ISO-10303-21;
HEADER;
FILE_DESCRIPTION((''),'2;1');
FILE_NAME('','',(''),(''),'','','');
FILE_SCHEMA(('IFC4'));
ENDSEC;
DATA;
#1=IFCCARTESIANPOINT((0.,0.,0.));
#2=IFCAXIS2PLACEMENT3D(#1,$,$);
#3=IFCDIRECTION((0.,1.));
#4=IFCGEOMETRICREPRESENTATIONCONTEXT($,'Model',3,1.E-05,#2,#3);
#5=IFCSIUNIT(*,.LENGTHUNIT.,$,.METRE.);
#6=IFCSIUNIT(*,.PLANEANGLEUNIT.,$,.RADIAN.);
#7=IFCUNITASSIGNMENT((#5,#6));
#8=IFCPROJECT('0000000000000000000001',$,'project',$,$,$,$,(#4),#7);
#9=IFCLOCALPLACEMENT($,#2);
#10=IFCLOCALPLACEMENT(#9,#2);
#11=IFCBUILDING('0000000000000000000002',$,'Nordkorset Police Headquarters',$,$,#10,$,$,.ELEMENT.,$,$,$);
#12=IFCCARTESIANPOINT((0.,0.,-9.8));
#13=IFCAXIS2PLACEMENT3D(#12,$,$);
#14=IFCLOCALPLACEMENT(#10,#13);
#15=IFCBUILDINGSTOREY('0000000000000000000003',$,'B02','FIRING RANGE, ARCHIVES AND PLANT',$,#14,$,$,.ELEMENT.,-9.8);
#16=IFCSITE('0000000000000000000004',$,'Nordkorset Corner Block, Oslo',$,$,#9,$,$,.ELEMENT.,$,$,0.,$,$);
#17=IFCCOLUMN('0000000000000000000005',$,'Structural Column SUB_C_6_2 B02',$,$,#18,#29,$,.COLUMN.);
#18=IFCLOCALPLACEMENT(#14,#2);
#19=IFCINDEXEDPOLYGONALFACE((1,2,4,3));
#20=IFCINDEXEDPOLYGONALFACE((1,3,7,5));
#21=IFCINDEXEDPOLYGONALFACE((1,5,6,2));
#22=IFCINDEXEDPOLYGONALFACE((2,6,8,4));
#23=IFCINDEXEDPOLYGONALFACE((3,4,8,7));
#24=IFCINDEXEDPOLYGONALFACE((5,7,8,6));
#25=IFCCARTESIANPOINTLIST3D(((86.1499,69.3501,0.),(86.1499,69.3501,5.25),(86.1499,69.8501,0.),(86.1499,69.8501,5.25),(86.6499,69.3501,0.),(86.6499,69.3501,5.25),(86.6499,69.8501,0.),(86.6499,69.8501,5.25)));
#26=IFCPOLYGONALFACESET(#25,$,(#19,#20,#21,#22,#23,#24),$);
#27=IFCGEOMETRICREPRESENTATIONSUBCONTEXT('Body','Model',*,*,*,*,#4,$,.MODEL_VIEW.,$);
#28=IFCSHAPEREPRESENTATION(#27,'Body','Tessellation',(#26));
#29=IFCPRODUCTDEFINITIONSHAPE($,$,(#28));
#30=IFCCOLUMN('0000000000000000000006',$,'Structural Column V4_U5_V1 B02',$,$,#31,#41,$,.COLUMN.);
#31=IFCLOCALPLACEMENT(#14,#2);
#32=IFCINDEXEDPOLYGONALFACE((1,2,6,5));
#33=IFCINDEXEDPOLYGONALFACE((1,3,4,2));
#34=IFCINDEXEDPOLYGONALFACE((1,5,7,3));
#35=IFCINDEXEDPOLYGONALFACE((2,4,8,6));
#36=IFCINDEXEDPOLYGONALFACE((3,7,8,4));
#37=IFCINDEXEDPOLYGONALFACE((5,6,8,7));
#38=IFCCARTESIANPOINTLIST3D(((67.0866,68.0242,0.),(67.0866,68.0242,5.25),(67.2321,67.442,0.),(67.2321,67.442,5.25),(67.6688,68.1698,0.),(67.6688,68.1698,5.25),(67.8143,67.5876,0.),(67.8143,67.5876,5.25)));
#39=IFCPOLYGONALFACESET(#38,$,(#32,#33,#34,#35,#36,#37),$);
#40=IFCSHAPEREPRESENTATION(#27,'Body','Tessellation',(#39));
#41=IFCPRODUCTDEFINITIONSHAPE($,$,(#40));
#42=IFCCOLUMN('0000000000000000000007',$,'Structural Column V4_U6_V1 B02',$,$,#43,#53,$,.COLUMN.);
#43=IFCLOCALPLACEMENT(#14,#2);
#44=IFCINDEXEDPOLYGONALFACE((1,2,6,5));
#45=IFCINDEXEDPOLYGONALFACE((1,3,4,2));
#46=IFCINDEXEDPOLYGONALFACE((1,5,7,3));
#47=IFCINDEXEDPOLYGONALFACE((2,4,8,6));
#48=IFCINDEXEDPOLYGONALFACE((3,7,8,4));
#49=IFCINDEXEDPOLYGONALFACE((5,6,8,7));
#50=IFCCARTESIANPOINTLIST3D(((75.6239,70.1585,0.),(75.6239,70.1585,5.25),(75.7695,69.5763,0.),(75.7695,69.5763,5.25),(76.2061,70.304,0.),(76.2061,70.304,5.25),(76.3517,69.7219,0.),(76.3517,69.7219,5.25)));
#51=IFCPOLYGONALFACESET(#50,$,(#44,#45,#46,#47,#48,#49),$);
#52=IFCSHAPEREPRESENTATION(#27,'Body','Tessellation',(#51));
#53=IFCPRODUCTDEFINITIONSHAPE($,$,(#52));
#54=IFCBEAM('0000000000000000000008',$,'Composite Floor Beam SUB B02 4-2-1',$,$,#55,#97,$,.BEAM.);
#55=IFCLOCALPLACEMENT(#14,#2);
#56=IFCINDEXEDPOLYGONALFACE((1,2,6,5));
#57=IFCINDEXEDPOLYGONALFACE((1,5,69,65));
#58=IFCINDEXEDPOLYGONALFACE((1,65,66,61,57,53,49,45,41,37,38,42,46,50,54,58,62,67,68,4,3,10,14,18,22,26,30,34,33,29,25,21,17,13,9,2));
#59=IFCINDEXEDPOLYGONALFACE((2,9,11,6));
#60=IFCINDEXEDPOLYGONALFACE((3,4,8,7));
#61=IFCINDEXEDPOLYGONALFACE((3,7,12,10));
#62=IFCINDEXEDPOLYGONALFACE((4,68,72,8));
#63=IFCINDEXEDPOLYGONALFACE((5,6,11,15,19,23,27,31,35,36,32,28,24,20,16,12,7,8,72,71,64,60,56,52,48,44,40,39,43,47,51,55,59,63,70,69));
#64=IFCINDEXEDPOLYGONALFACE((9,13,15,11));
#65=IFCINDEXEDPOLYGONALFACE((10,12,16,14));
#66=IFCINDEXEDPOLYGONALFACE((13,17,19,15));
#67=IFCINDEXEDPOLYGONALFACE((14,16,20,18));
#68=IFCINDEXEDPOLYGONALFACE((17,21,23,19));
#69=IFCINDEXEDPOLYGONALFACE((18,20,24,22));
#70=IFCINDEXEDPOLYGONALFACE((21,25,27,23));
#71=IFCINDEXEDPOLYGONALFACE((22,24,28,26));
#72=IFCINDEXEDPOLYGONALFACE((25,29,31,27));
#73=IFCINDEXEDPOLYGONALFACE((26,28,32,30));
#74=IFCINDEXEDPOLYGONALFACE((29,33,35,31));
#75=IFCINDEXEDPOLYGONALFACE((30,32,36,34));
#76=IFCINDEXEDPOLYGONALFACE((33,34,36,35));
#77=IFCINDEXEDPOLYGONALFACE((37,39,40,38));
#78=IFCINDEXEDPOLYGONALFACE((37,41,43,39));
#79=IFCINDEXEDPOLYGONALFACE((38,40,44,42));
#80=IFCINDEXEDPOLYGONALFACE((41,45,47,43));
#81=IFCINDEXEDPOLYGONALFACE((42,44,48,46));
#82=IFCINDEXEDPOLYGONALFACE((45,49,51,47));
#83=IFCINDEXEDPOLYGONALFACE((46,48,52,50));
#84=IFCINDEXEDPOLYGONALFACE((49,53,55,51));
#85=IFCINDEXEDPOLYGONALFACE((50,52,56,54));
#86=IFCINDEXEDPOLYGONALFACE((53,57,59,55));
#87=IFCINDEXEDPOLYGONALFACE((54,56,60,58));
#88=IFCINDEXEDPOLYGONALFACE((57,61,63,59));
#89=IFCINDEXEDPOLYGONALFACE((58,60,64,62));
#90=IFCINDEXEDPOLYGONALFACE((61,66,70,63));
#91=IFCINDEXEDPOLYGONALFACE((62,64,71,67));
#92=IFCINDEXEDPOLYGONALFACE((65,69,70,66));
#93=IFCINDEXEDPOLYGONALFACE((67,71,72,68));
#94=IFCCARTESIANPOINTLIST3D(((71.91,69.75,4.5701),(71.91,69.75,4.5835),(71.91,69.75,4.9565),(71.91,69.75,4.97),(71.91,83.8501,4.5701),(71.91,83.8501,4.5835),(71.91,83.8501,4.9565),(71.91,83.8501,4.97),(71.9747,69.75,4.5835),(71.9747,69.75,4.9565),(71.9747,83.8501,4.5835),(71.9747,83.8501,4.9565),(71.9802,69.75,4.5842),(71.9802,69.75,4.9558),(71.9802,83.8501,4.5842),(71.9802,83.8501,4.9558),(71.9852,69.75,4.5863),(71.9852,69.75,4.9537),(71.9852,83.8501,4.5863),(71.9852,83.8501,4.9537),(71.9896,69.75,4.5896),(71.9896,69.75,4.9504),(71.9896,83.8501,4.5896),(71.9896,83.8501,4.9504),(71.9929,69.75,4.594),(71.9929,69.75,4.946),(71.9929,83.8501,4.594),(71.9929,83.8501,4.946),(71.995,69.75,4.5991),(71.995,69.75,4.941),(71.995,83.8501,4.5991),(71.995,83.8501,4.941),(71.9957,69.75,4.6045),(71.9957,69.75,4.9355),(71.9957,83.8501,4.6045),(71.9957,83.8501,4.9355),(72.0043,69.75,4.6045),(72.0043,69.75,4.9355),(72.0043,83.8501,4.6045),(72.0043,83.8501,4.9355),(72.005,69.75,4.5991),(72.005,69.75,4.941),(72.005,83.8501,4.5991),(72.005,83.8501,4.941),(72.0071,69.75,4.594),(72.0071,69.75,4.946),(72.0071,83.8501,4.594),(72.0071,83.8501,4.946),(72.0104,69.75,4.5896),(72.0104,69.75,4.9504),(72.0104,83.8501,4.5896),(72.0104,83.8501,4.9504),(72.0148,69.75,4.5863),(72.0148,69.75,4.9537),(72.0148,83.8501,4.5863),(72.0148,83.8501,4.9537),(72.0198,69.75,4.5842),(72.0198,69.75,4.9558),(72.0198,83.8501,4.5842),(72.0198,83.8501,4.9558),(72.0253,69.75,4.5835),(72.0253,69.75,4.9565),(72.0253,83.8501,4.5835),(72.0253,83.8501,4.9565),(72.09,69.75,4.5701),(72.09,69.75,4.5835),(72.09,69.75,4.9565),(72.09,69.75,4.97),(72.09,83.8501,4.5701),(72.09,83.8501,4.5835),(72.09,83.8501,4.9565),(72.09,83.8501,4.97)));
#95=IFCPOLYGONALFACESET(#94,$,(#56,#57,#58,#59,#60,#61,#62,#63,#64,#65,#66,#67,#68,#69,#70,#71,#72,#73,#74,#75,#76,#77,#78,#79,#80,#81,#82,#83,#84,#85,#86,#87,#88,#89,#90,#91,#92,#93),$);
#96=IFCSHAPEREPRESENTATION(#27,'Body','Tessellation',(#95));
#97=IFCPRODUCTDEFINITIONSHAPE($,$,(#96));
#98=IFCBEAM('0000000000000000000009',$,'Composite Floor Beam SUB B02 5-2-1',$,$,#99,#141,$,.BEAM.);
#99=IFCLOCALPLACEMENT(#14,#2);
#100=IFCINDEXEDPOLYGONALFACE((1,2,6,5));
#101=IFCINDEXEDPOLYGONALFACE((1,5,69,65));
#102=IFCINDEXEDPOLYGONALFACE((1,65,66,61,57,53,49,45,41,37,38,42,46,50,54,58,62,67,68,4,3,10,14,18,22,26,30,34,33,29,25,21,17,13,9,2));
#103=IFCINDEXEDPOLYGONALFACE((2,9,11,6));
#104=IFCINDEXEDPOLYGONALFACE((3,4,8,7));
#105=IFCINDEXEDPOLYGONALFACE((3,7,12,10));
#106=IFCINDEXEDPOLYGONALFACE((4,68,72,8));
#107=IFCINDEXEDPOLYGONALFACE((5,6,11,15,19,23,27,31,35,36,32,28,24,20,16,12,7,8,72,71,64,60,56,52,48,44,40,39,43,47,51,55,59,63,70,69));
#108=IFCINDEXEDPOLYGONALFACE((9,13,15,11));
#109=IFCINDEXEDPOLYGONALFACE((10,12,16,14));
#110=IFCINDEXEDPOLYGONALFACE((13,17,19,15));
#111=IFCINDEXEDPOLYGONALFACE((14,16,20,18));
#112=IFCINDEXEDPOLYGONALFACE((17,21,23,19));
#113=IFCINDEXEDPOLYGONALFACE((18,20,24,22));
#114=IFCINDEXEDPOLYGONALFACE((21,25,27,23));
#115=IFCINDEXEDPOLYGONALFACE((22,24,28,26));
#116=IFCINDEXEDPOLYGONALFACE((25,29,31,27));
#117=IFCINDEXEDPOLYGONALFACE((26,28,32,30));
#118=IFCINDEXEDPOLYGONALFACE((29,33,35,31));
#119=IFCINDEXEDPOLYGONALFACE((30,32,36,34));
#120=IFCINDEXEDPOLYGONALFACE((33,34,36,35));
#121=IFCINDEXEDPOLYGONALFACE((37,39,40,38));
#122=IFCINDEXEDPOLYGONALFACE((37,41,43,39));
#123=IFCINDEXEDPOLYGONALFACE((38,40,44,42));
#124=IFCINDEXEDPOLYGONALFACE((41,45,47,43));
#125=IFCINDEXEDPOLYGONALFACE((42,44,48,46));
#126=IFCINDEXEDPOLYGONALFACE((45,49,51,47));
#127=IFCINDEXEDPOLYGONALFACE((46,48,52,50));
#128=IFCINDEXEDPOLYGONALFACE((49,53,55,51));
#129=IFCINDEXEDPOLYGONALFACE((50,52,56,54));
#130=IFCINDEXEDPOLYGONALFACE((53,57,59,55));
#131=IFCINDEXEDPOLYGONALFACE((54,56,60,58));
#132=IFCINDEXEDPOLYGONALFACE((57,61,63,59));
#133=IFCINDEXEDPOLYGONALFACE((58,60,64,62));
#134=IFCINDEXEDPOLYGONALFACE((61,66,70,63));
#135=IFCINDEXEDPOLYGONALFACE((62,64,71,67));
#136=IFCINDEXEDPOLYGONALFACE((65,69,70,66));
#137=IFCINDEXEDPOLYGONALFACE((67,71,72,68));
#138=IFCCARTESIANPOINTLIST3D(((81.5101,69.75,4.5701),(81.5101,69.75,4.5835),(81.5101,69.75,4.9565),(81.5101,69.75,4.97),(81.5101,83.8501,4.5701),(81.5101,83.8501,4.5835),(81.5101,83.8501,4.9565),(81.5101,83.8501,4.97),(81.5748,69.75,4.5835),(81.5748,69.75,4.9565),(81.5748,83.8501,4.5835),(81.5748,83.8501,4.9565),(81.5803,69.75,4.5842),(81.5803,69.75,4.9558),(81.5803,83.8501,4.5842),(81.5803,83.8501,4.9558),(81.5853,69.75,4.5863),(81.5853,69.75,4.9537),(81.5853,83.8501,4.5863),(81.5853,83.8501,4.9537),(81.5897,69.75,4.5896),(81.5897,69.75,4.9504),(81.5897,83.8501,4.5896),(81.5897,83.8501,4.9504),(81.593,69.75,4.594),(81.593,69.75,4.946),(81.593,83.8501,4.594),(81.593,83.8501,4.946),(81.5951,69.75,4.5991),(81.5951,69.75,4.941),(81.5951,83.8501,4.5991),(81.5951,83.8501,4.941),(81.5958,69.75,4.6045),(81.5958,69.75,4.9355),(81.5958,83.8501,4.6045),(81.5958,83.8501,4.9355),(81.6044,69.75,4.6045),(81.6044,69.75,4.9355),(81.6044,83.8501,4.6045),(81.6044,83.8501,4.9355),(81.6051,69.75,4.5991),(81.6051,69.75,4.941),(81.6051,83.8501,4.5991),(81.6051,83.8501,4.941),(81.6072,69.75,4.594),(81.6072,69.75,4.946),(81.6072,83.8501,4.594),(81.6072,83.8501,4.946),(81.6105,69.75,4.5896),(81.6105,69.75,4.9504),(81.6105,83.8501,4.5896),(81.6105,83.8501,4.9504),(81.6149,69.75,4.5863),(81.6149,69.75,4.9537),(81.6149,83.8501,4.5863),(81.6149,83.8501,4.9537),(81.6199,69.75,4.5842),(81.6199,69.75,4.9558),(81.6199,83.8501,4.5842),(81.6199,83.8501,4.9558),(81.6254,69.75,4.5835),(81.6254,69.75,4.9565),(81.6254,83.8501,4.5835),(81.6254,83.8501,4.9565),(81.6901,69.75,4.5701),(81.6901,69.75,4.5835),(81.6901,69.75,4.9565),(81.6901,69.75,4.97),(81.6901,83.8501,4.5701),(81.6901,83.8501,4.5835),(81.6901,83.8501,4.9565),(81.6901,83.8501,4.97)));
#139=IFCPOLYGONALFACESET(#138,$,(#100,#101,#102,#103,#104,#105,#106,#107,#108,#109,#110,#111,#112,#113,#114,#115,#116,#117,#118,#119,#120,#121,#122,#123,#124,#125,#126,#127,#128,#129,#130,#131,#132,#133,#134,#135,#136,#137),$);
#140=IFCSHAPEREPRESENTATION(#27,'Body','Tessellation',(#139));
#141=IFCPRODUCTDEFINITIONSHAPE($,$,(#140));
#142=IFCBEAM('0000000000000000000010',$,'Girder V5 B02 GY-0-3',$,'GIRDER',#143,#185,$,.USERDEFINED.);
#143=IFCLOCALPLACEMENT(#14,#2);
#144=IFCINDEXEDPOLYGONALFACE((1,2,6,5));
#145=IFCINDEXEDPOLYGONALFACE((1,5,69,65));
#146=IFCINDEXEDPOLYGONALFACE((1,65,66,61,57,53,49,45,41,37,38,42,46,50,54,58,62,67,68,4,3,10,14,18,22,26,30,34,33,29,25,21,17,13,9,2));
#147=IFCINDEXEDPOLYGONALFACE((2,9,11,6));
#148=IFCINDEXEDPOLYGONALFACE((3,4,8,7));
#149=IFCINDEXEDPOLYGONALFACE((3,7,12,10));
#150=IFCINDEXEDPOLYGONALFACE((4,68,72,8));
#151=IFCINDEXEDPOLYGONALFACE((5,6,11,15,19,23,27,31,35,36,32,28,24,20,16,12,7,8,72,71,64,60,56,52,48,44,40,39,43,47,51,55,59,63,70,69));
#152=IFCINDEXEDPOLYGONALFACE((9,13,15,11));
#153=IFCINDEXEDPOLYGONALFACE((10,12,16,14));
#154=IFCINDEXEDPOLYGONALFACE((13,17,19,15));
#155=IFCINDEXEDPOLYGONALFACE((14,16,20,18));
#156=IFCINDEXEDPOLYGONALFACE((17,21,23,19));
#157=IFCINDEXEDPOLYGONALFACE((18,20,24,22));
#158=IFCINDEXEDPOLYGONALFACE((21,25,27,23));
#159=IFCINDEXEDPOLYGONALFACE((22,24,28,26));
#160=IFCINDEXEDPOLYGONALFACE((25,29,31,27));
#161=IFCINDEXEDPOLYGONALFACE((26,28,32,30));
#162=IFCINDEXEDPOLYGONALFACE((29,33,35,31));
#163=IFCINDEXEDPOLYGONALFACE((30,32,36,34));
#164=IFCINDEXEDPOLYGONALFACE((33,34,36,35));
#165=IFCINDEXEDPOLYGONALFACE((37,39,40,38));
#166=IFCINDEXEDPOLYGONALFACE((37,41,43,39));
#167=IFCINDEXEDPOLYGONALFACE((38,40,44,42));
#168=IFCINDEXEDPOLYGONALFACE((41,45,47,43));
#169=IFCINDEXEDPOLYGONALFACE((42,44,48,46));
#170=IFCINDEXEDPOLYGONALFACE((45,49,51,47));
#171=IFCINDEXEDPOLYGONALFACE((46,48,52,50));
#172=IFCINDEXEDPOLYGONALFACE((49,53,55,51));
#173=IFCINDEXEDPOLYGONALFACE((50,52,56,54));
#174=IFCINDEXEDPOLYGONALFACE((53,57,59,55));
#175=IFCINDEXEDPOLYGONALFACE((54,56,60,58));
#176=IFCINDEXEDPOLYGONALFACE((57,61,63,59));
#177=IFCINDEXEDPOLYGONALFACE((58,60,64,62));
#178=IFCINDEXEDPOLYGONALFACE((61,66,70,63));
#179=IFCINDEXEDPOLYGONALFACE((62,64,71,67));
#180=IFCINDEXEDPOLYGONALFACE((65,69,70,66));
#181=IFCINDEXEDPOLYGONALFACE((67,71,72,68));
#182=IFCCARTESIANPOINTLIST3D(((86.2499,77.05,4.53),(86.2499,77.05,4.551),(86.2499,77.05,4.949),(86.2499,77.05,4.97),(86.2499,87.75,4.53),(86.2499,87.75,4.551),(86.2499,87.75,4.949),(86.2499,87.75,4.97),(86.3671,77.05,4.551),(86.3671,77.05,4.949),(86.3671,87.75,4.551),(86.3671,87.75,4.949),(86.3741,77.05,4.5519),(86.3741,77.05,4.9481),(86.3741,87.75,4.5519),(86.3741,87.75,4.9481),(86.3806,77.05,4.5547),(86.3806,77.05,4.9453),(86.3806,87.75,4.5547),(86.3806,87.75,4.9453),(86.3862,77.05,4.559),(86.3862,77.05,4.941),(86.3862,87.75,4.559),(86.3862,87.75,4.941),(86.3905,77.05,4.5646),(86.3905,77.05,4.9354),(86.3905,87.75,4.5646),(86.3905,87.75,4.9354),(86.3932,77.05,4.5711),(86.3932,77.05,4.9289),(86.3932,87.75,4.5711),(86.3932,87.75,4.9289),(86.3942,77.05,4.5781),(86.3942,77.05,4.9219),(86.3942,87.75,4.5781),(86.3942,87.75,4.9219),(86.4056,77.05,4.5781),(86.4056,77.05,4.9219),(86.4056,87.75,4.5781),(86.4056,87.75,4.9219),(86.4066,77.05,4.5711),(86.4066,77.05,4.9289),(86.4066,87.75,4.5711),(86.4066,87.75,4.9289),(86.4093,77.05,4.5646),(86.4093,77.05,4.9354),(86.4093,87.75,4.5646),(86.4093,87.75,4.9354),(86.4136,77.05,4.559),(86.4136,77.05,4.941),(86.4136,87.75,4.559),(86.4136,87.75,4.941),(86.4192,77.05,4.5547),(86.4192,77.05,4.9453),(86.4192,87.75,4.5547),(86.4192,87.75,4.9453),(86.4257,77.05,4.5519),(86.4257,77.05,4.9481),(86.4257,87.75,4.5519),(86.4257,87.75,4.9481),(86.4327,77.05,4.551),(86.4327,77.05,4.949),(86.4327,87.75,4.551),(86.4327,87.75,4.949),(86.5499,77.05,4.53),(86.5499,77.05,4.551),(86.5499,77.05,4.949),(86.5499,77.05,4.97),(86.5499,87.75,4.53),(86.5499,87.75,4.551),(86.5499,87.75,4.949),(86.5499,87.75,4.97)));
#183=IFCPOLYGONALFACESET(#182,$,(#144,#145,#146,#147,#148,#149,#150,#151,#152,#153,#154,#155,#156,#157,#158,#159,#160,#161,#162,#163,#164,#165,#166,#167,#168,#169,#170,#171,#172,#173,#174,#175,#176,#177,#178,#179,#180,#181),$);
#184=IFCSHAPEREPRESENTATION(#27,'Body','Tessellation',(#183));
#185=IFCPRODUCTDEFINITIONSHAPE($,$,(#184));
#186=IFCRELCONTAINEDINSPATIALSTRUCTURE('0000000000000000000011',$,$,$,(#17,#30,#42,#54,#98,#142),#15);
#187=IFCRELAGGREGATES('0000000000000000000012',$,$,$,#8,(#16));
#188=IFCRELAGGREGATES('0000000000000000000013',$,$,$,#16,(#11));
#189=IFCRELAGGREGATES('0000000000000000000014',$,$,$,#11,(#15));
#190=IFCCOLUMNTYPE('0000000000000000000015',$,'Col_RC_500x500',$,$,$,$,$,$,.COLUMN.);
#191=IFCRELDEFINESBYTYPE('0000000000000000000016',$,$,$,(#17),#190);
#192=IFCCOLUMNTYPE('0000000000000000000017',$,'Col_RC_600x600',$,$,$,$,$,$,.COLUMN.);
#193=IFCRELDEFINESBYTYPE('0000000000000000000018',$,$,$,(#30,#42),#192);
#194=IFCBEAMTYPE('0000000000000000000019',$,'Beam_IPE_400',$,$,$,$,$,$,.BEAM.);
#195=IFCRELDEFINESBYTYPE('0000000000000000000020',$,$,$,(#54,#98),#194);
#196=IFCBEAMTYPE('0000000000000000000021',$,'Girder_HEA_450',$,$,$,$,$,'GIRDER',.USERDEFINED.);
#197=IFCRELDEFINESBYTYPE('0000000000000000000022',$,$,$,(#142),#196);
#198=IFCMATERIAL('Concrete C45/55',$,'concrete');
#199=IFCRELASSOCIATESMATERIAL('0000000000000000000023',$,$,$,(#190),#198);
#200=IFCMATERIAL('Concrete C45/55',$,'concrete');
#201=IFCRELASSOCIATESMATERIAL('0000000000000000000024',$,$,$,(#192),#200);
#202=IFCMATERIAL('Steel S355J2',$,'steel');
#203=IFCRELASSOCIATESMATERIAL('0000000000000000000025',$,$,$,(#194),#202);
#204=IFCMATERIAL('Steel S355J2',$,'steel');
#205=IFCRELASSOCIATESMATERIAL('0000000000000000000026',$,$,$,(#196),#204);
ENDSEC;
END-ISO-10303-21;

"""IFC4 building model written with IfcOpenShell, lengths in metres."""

from ifc_helpers import new_model, si_unit, direction, frame, origin, origin_2d, place, context, subcontext, project, spatial, rectangle, i_section, extrude, material, material_profile, profile_set, type_object, element, save


model = new_model("IFC4")

# Units and contexts
model_context = context("Model", 3, precision=1e-05, world=origin(), true_north=direction((0.0, 1.0)))
body_context = subcontext(model_context, "Body", "Model", "MODEL_VIEW")
ifc_project = project(units=[si_unit("LENGTHUNIT", "METRE"), si_unit("PLANEANGLEUNIT", "RADIAN")], contexts=[model_context])

# Site, building, storey
site_placement = place(None, origin())
site = spatial("IfcSite", under=ifc_project, at=site_placement, Name="Nordkorset Corner Block, Oslo", CompositionType="ELEMENT", RefElevation=0.0)
building_placement = place(site_placement, origin())
building = spatial("IfcBuilding", under=site, at=building_placement, Name="Nordkorset Police Headquarters", CompositionType="ELEMENT")
storey_placement = place(building_placement, frame((0.0, 0.0, -9.8)))
storey = spatial("IfcBuildingStorey", under=building, at=storey_placement, Name="B02", Description="FIRING RANGE, ARCHIVES AND PLANT", CompositionType="ELEMENT", Elevation=-9.8)

# Columns
ifc_material_1 = material(Name="Concrete C45/55", Category="concrete")
ifc_material_profile_1 = material_profile(ifc_material_1, rectangle(XDim=0.5, YDim=0.5, at=origin_2d()), Name="RC 500x500")
ifc_profile_set_1 = profile_set([ifc_material_profile_1], Name="Concrete C45/55")
column_type_1 = type_object("IfcColumnType", Name="Col_RC_500x500", PredefinedType="COLUMN", material=ifc_profile_set_1)
for number, where, z_axis, x_axis, name in (
    (1, (86.3999, 69.6001, 0.0), (0.0, 0.0, 1.0), (1.0, 0.0, 0.0), "Structural Column SUB_C_6_2 B02"),
):
    element("IfcColumn", number, at=place(storey_placement, frame(where, z_axis=z_axis, x_axis=x_axis)), inside=storey, type_object=column_type_1, Name=name, PredefinedType="COLUMN", context=body_context, shape_type="SweptSolid", body=[
        extrude(rectangle(XDim=0.5, YDim=0.5, at=origin_2d()), origin(), (0.0, 0.0, 1.0), 5.25),
    ])
ifc_material_2 = material(Name="Concrete C45/55", Category="concrete")
ifc_material_profile_2 = material_profile(ifc_material_2, rectangle(XDim=0.6001, YDim=0.6001, at=origin_2d()), Name="RC 600x600")
ifc_profile_set_2 = profile_set([ifc_material_profile_2], Name="Concrete C45/55")
column_type_2 = type_object("IfcColumnType", Name="Col_RC_600x600", PredefinedType="COLUMN", material=ifc_profile_set_2)
for number, where, z_axis, x_axis, name in (
    (2, (67.4504, 67.8059, 0.0), (0.0, 0.0, 1.0), (0.970143, 0.242536, 0.0), "Structural Column V4_U5_V1 B02"),
    (3, (75.9878, 69.9402, 0.0), (0.0, 0.0, 1.0), (0.970143, 0.242536, 0.0), "Structural Column V4_U6_V1 B02"),
):
    element("IfcColumn", number, at=place(storey_placement, frame(where, z_axis=z_axis, x_axis=x_axis)), inside=storey, type_object=column_type_2, Name=name, PredefinedType="COLUMN", context=body_context, shape_type="SweptSolid", body=[
        extrude(rectangle(XDim=0.6001, YDim=0.6001, at=origin_2d()), origin(), (0.0, 0.0, 1.0), 5.25),
    ])

# Beams
ifc_material_3 = material(Name="Steel S355J2", Category="steel")
ifc_material_profile_3 = material_profile(ifc_material_3, i_section(OverallWidth=0.1799, OverallDepth=0.3999, WebThickness=0.0085, FlangeThickness=0.0134, FilletRadius=0.021, at=origin_2d()), Name="IPE 400")
ifc_profile_set_3 = profile_set([ifc_material_profile_3], Name="Steel S355J2")
beam_type_1 = type_object("IfcBeamType", Name="Beam_IPE_400", PredefinedType="BEAM", material=ifc_profile_set_3)
for number, where, z_axis, x_axis, name in (
    (4, (72.0, 69.75, 4.77), (0.0, 1.0, 0.0), (-1.0, 0.0, 0.0), "Composite Floor Beam SUB B02 4-2-1"),
    (5, (81.6001, 69.75, 4.77), (0.0, 1.0, 0.0), (-1.0, 0.0, 0.0), "Composite Floor Beam SUB B02 5-2-1"),
):
    element("IfcBeam", number, at=place(storey_placement, frame(where, z_axis=z_axis, x_axis=x_axis)), inside=storey, type_object=beam_type_1, Name=name, PredefinedType="BEAM", context=body_context, shape_type="SweptSolid", body=[
        extrude(i_section(OverallWidth=0.1799, OverallDepth=0.3999, WebThickness=0.0085, FlangeThickness=0.0134, FilletRadius=0.021, at=origin_2d()), origin(), (0.0, 0.0, 1.0), 14.1001),
    ])
ifc_material_4 = material(Name="Steel S355J2", Category="steel")
ifc_material_profile_4 = material_profile(ifc_material_4, i_section(OverallWidth=0.3, OverallDepth=0.4399, WebThickness=0.0115, FlangeThickness=0.021, FilletRadius=0.0271, at=origin_2d()), Name="HEA 450")
ifc_profile_set_4 = profile_set([ifc_material_profile_4], Name="Steel S355J2")
beam_type_2 = type_object("IfcBeamType", Name="Girder_HEA_450", ElementType="GIRDER", PredefinedType="USERDEFINED", material=ifc_profile_set_4)
beam_1_placement = place(storey_placement, frame((86.3999, 77.05, 4.75), z_axis=(0.0, 1.0, 0.0), x_axis=(-1.0, 0.0, 0.0)))
element("IfcBeam", 6, at=beam_1_placement, inside=storey, type_object=beam_type_2, Name="Girder V5 B02 GY-0-3", ObjectType="GIRDER", PredefinedType="USERDEFINED", context=body_context, shape_type="SweptSolid", body=[
    extrude(i_section(OverallWidth=0.3, OverallDepth=0.4399, WebThickness=0.0115, FlangeThickness=0.021, FilletRadius=0.0271, at=origin_2d()), origin(), (0.0, 0.0, 1.0), 10.7),
])

save(model, "model.ifc")
